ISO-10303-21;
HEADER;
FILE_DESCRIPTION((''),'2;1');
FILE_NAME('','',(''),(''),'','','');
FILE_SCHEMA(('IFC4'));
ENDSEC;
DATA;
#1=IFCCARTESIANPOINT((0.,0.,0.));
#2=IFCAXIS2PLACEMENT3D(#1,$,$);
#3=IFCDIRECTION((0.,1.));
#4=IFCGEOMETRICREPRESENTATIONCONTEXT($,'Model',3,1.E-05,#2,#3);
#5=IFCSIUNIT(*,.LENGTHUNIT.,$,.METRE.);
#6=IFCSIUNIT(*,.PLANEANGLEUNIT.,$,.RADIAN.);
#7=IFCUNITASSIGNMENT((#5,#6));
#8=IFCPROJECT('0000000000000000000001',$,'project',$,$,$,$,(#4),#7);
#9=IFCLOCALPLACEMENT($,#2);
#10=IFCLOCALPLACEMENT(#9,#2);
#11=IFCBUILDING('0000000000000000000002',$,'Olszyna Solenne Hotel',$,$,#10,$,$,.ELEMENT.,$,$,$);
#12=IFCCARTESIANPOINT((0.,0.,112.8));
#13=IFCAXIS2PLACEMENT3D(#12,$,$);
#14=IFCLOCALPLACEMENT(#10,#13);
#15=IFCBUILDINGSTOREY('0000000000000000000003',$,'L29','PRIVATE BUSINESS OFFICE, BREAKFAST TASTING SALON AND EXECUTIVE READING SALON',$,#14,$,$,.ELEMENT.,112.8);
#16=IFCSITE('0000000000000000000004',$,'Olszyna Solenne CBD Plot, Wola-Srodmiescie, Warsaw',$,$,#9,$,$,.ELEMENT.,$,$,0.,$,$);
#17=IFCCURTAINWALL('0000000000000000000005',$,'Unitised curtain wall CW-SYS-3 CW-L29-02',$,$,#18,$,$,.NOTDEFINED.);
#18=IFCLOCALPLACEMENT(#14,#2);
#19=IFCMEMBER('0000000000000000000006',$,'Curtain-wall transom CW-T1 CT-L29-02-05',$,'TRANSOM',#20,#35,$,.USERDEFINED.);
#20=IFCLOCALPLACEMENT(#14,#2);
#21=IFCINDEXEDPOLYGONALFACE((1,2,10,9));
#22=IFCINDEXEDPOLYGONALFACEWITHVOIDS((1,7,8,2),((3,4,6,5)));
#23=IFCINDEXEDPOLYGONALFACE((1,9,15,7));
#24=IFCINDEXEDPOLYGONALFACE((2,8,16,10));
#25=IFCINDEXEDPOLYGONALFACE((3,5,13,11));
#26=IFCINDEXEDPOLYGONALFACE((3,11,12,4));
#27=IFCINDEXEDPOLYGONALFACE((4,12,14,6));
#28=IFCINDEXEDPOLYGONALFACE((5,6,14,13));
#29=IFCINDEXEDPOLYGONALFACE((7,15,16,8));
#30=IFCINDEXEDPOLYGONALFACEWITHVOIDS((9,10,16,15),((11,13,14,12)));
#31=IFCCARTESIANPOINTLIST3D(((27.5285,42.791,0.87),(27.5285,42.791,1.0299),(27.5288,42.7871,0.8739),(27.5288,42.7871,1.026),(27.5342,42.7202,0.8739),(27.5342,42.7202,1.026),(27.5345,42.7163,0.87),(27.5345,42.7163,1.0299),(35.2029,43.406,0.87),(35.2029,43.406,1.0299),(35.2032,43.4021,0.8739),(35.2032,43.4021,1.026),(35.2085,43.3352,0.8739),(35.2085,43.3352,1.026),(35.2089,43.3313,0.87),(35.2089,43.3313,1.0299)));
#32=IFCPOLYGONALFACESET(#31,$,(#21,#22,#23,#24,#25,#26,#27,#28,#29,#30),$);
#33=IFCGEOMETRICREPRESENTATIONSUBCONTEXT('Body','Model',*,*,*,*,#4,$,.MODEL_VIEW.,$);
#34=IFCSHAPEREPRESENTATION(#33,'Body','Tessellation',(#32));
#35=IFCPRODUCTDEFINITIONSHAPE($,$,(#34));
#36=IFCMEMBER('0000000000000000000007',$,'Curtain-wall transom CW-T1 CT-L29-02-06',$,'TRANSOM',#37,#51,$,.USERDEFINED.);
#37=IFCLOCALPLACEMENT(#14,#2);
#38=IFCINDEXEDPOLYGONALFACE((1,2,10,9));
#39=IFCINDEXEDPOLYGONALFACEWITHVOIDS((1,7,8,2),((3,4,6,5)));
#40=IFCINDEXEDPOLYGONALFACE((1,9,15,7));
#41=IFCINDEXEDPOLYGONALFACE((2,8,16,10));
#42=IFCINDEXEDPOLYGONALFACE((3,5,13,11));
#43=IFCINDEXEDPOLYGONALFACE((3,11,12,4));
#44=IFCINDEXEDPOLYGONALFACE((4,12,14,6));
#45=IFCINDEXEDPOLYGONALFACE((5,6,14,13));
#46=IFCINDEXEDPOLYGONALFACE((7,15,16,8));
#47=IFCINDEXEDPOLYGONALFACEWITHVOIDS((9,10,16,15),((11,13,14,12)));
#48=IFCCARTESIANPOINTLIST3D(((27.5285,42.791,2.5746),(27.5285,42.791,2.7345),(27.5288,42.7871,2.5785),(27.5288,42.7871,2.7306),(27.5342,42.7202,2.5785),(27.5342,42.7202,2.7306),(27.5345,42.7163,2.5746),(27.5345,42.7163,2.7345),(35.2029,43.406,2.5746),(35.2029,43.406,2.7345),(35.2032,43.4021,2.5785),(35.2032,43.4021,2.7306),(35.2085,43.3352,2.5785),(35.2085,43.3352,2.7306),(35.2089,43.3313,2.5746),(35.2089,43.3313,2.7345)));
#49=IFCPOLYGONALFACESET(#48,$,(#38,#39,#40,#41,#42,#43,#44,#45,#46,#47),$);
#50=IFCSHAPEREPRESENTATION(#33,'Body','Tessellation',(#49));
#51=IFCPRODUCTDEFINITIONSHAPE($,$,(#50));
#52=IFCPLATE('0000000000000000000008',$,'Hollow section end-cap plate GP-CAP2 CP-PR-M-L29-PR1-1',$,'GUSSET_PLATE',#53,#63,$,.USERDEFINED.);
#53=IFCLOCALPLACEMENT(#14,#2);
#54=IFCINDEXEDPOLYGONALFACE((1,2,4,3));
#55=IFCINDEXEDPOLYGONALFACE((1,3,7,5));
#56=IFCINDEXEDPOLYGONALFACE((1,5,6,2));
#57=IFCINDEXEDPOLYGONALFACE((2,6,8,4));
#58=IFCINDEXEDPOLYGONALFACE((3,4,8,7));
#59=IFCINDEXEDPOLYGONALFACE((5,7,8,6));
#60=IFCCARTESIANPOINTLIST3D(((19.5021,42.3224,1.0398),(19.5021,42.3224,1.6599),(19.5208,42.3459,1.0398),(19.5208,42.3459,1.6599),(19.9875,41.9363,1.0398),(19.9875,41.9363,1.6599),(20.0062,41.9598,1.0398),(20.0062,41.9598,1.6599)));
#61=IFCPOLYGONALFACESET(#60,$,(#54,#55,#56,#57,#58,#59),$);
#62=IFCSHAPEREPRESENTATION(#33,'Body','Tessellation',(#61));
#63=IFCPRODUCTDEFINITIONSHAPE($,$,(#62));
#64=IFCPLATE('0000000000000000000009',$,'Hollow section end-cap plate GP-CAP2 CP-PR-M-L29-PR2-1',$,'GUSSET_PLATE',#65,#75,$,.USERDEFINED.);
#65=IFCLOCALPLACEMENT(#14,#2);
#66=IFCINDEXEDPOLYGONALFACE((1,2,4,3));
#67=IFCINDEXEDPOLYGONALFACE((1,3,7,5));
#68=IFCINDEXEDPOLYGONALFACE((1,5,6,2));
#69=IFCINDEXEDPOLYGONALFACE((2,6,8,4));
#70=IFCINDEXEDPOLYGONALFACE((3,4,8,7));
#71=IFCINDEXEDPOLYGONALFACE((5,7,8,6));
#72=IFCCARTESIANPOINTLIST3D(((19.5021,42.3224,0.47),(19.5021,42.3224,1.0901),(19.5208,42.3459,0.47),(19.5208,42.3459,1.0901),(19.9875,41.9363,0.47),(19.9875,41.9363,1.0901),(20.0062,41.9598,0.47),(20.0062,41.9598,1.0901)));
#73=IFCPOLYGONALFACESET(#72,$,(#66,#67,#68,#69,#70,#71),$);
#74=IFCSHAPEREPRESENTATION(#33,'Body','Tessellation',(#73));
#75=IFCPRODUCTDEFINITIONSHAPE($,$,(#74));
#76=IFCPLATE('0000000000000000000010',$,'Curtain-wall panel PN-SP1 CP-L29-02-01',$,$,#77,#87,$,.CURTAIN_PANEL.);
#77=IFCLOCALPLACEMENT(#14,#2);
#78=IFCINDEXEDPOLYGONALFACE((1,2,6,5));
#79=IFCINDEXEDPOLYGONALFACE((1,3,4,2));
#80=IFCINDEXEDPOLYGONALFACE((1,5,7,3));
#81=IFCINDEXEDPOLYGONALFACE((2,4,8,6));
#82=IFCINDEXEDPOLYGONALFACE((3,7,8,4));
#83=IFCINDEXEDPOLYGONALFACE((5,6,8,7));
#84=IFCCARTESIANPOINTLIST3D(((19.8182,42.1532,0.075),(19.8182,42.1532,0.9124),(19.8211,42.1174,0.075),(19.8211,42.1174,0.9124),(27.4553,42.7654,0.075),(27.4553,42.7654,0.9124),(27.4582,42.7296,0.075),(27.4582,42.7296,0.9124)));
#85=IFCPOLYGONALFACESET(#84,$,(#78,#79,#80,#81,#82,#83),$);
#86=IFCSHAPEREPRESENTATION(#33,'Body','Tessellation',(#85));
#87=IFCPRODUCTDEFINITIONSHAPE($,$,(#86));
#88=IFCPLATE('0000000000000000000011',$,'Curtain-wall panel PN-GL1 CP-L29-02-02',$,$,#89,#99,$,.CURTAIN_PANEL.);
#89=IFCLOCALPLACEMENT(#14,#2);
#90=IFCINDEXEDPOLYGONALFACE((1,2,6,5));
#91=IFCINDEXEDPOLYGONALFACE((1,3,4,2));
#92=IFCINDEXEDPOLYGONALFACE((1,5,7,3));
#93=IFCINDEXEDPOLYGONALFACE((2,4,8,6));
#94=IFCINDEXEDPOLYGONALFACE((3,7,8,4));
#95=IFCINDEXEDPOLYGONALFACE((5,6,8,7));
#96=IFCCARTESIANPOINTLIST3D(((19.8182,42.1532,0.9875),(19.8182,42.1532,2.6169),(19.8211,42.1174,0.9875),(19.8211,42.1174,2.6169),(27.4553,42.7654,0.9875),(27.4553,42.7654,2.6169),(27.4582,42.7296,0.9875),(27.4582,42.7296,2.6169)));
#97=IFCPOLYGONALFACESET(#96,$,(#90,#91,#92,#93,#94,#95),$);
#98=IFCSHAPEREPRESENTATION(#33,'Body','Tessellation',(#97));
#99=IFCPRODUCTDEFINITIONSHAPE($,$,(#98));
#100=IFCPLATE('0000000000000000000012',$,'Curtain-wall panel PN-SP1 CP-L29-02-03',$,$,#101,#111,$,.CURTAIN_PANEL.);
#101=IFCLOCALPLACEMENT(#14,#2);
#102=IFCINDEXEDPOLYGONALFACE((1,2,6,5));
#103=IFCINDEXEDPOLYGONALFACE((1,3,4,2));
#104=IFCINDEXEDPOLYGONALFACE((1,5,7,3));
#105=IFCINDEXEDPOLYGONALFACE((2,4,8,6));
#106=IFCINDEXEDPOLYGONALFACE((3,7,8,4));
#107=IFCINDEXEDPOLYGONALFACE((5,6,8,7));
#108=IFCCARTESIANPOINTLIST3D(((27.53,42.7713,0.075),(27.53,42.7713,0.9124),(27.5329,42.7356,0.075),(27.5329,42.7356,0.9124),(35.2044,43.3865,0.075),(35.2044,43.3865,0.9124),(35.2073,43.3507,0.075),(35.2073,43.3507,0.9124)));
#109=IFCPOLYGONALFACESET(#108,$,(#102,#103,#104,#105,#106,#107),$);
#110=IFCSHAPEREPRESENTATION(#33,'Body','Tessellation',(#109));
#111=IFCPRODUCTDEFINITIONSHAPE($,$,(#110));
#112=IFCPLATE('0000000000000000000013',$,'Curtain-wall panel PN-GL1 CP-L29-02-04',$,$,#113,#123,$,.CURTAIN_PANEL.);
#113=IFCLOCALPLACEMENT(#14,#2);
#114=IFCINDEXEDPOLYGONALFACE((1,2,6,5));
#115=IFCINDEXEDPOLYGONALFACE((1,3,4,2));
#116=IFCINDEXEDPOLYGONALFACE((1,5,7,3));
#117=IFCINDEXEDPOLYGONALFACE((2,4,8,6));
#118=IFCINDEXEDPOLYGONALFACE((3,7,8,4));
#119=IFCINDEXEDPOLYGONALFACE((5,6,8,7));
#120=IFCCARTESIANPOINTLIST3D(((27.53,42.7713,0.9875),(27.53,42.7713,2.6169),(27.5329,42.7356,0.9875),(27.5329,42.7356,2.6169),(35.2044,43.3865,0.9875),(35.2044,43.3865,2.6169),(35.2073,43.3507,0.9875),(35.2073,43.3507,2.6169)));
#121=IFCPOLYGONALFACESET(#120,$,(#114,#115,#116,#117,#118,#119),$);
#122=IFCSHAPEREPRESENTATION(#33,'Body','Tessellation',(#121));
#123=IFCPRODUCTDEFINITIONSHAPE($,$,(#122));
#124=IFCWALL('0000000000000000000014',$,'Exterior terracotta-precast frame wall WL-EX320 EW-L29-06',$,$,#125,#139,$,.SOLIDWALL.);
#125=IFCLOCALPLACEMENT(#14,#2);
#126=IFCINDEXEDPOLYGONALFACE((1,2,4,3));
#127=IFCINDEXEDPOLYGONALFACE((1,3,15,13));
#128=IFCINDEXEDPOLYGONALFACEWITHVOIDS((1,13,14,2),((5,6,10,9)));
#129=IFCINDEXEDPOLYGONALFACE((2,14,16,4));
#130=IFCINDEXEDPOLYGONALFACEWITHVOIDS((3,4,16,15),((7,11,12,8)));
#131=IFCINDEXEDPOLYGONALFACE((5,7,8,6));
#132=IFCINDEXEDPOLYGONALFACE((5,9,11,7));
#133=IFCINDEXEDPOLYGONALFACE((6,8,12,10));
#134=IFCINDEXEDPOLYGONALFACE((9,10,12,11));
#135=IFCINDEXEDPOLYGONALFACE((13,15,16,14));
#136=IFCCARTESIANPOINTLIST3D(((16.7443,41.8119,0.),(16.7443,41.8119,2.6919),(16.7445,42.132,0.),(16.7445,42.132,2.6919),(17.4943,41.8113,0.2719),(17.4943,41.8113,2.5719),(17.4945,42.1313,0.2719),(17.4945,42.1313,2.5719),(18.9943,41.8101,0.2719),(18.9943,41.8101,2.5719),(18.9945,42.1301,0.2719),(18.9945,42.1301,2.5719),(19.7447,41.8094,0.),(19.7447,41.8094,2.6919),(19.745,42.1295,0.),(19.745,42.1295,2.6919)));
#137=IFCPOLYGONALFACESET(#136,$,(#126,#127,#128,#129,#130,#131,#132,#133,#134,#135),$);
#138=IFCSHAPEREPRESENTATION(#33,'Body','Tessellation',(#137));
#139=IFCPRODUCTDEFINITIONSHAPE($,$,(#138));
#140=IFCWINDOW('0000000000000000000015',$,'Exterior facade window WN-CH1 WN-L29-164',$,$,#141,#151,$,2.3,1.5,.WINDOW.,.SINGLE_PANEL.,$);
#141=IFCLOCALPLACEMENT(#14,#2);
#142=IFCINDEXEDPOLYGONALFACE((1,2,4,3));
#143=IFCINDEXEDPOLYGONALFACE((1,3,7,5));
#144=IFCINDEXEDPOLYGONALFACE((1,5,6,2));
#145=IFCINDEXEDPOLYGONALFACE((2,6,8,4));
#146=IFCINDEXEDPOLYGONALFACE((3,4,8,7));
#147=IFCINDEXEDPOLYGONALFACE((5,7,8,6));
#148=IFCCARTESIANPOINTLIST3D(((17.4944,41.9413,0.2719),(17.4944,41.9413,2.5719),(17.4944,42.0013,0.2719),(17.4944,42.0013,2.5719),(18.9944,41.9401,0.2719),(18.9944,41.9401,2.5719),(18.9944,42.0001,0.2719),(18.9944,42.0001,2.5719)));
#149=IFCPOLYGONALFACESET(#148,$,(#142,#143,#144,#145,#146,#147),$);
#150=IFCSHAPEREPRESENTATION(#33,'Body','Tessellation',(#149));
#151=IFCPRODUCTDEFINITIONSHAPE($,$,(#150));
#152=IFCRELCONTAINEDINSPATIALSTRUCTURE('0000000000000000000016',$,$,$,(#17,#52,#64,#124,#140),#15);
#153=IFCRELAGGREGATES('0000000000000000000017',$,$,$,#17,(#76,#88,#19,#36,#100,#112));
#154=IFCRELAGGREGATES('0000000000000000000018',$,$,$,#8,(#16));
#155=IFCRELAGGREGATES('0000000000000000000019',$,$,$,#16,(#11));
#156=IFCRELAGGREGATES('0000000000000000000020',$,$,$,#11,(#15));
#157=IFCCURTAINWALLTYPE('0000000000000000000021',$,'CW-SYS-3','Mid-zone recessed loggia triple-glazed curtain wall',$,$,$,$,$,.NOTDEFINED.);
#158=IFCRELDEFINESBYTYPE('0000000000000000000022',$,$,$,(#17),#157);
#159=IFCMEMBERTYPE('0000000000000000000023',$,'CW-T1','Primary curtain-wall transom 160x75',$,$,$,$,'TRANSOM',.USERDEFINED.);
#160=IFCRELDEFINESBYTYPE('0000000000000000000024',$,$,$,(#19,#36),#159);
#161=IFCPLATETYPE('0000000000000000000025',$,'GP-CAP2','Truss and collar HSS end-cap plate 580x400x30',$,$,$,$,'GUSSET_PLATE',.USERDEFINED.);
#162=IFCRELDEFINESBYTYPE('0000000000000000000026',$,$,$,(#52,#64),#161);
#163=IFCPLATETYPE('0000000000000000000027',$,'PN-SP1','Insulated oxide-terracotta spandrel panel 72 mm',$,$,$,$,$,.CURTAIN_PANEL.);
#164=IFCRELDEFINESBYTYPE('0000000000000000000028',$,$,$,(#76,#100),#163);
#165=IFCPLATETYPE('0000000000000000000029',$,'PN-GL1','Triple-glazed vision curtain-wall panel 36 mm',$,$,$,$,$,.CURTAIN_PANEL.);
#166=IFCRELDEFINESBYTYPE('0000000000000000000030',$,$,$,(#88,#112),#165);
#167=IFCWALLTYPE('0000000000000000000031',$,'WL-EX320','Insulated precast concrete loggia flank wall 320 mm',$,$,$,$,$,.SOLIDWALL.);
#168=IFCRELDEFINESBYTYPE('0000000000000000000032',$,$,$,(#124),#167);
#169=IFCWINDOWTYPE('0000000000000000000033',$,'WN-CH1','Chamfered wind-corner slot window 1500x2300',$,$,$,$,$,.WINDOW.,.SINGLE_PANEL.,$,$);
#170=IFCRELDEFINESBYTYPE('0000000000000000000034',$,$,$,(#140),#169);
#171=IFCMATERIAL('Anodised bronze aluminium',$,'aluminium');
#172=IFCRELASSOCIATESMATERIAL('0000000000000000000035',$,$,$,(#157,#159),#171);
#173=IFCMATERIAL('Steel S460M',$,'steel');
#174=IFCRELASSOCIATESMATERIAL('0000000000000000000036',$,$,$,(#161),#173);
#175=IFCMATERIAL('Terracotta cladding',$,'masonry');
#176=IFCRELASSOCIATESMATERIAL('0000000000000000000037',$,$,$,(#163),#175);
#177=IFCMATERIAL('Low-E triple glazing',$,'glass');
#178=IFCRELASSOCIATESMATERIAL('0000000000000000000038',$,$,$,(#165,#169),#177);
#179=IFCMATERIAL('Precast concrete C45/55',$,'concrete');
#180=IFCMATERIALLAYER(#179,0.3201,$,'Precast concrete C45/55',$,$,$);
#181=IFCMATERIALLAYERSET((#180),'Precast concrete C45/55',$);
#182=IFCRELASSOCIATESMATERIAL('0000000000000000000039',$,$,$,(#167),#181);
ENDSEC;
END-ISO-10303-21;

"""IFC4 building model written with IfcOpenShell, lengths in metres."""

from ifc_helpers import new_model, si_unit, direction, frame, frame_2d, origin, origin_2d, place, context, subcontext, project, spatial, rectangle, hollow_rectangle, extrude, source, transform, mapped, material, layer, layer_set, material_profile, profile_set, type_object, type_shapes, element, fill, aggregate, save


model = new_model("IFC4")

# Units and contexts
model_context = context("Model", 3, precision=1e-05, world=origin(), true_north=direction((0.0, 1.0)))
body_context = subcontext(model_context, "Body", "Model", "MODEL_VIEW")
ifc_project = project(units=[si_unit("LENGTHUNIT", "METRE"), si_unit("PLANEANGLEUNIT", "RADIAN")], contexts=[model_context])

# Site, building, storey
site_placement = place(None, origin())
site = spatial("IfcSite", under=ifc_project, at=site_placement, Name="Olszyna Solenne CBD Plot, Wola-Srodmiescie, Warsaw", CompositionType="ELEMENT", RefElevation=0.0)
building_placement = place(site_placement, origin())
building = spatial("IfcBuilding", under=site, at=building_placement, Name="Olszyna Solenne Hotel", CompositionType="ELEMENT")
storey_placement = place(building_placement, frame((0.0, 0.0, 112.8)))
storey = spatial("IfcBuildingStorey", under=building, at=storey_placement, Name="L29", Description="PRIVATE BUSINESS OFFICE, BREAKFAST TASTING SALON AND EXECUTIVE READING SALON", CompositionType="ELEMENT", Elevation=112.8)

# Shared definitions
ifc_material_1 = material(Name="Steel S460M", Category="steel")

# Curtain wall, members
ifc_material_2 = material(Name="Anodised bronze aluminium", Category="aluminium")
curtain_wall_type = type_object("IfcCurtainWallType", Name="CW-SYS-3", Description="Mid-zone recessed loggia triple-glazed curtain wall", PredefinedType="NOTDEFINED", material=ifc_material_2)
curtain_wall_placement = place(storey_placement, origin())
curtain_wall = element("IfcCurtainWall", 1, at=curtain_wall_placement, inside=storey, type_object=curtain_wall_type, Name="Unitised curtain wall CW-SYS-3 CW-L29-02", PredefinedType="NOTDEFINED")
ifc_material_profile_1 = material_profile(ifc_material_2, hollow_rectangle(XDim=0.075, YDim=0.1599, WallThickness=0.0039, at=origin_2d()), Name="TRAN 160x75x4", Category="load-bearing")
ifc_profile_set_1 = profile_set([ifc_material_profile_1], Name="Anodised bronze aluminium")
member_type_1 = type_object("IfcMemberType", Name="CW-T1", Description="Primary curtain-wall transom 160x75", ElementType="TRANSOM", PredefinedType="USERDEFINED", material=ifc_profile_set_1)
shared_shape_1 = source(origin(), body_context, "Body", "SweptSolid", [
    extrude(hollow_rectangle(XDim=0.075, YDim=0.1599, WallThickness=0.0039, at=origin_2d()), origin(), (0.0, 0.0, 1.0), 7.699),
])
member_1_placement = place(storey_placement, frame((27.5315, 42.7537, 0.95), z_axis=(0.996804, 0.07988, 0.0), x_axis=(-0.07988, 0.996804, 0.0)))
member_1 = element("IfcMember", 2, at=member_1_placement, type_object=member_type_1, Name="Curtain-wall transom CW-T1 CT-L29-02-05", ObjectType="TRANSOM", PredefinedType="USERDEFINED", context=body_context, shape_type="MappedRepresentation", body=[
    mapped(shared_shape_1, transform((0.0, 0.0, 0.0), x_axis=(1.0, 0.0, 0.0), y_axis=(0.0, 1.0, 0.0), z_axis=(0.0, 0.0, 1.0), scale=1.0)),
])
member_2_placement = place(storey_placement, frame((27.5315, 42.7537, 2.6545), z_axis=(0.996804, 0.07988, 0.0), x_axis=(-0.07988, 0.996804, 0.0)))
member_2 = element("IfcMember", 3, at=member_2_placement, type_object=member_type_1, Name="Curtain-wall transom CW-T1 CT-L29-02-06", ObjectType="TRANSOM", PredefinedType="USERDEFINED", context=body_context, shape_type="MappedRepresentation", body=[
    mapped(shared_shape_1, transform((0.0, 0.0, 0.0), x_axis=(1.0, 0.0, 0.0), y_axis=(0.0, 1.0, 0.0), z_axis=(0.0, 0.0, 1.0), scale=1.0)),
])

# Plates
plate_type_1 = type_object("IfcPlateType", Name="GP-CAP2", Description="Truss and collar HSS end-cap plate 580x400x30", ElementType="GUSSET_PLATE", PredefinedType="USERDEFINED", material=ifc_material_1)
shared_shape_2 = source(origin(), body_context, "Body", "SweptSolid", [
    extrude(rectangle(XDim=0.03, YDim=0.6201, at=origin_2d()), origin(), (0.0, 0.0, 1.0), 0.6201),
])
for number, where, z_axis, x_axis, name in (
    (4, (19.7542, 42.1411, 1.0398), (0.0, 0.0, 1.0), (-0.622515, -0.782608, 0.0), "Hollow section end-cap plate GP-CAP2 CP-PR-M-L29-PR1-1"),
    (5, (19.7542, 42.1411, 0.47), (0.0, 0.0, 1.0), (-0.622515, -0.782608, 0.0), "Hollow section end-cap plate GP-CAP2 CP-PR-M-L29-PR2-1"),
):
    element("IfcPlate", number, at=place(storey_placement, frame(where, z_axis=z_axis, x_axis=x_axis)), inside=storey, type_object=plate_type_1, Name=name, ObjectType="GUSSET_PLATE", PredefinedType="USERDEFINED", context=body_context, shape_type="MappedRepresentation", body=[
        mapped(shared_shape_2, transform((0.0, 0.0, 0.0), x_axis=(1.0, 0.0, 0.0), y_axis=(0.0, 1.0, 0.0), z_axis=(0.0, 0.0, 1.0), scale=1.0)),
    ])

# Plates
ifc_material_3 = material(Name="Terracotta cladding", Category="masonry")
plate_type_2 = type_object("IfcPlateType", Name="PN-SP1", Description="Insulated oxide-terracotta spandrel panel 72 mm", PredefinedType="CURTAIN_PANEL", material=ifc_material_3)
shared_shape_3 = source(origin(), body_context, "Body", "SweptSolid", [
    extrude(rectangle(XDim=7.6616, YDim=0.0359, at=origin_2d()), origin(), (0.0, 0.0, 1.0), 0.8374),
])
plate_1_placement = place(storey_placement, frame((23.6382, 42.4414, 0.075), z_axis=(0.0, 0.0, 1.0), x_axis=(0.996803, 0.079903, 0.0)))
plate_1 = element("IfcPlate", 6, at=plate_1_placement, type_object=plate_type_2, Name="Curtain-wall panel PN-SP1 CP-L29-02-01", PredefinedType="CURTAIN_PANEL", context=body_context, shape_type="MappedRepresentation", body=[
    mapped(shared_shape_3, transform((0.0, 0.0, 0.0), x_axis=(1.0, 0.0, 0.0), y_axis=(0.0, 1.0, 0.0), z_axis=(0.0, 0.0, 1.0), scale=1.0)),
])
ifc_material_4 = material(Name="Low-E triple glazing", Category="glass")
plate_type_3 = type_object("IfcPlateType", Name="PN-GL1", Description="Triple-glazed vision curtain-wall panel 36 mm", PredefinedType="CURTAIN_PANEL", material=ifc_material_4)
shared_shape_4 = source(origin(), body_context, "Body", "SweptSolid", [
    extrude(rectangle(XDim=7.6616, YDim=0.0359, at=origin_2d()), origin(), (0.0, 0.0, 1.0), 1.6294),
])
plate_2_placement = place(storey_placement, frame((23.6382, 42.4414, 0.9875), z_axis=(0.0, 0.0, 1.0), x_axis=(0.996803, 0.079903, 0.0)))
plate_2 = element("IfcPlate", 7, at=plate_2_placement, type_object=plate_type_3, Name="Curtain-wall panel PN-GL1 CP-L29-02-02", PredefinedType="CURTAIN_PANEL", context=body_context, shape_type="MappedRepresentation", body=[
    mapped(shared_shape_4, transform((0.0, 0.0, 0.0), x_axis=(1.0, 0.0, 0.0), y_axis=(0.0, 1.0, 0.0), z_axis=(0.0, 0.0, 1.0), scale=1.0)),
])
shared_shape_5 = source(origin(), body_context, "Body", "SweptSolid", [
    extrude(rectangle(XDim=7.699, YDim=0.0359, at=origin_2d()), origin(), (0.0, 0.0, 1.0), 0.8374),
])
plate_3_placement = place(storey_placement, frame((31.3687, 43.061, 0.075), z_axis=(0.0, 0.0, 1.0), x_axis=(0.996803, 0.079903, 0.0)))
plate_3 = element("IfcPlate", 8, at=plate_3_placement, type_object=plate_type_2, Name="Curtain-wall panel PN-SP1 CP-L29-02-03", PredefinedType="CURTAIN_PANEL", context=body_context, shape_type="MappedRepresentation", body=[
    mapped(shared_shape_5, transform((0.0, 0.0, 0.0), x_axis=(1.0, 0.0, 0.0), y_axis=(0.0, 1.0, 0.0), z_axis=(0.0, 0.0, 1.0), scale=1.0)),
])
shared_shape_6 = source(origin(), body_context, "Body", "SweptSolid", [
    extrude(rectangle(XDim=7.699, YDim=0.0359, at=origin_2d()), origin(), (0.0, 0.0, 1.0), 1.6294),
])
plate_4_placement = place(storey_placement, frame((31.3687, 43.061, 0.9875), z_axis=(0.0, 0.0, 1.0), x_axis=(0.996803, 0.079903, 0.0)))
plate_4 = element("IfcPlate", 9, at=plate_4_placement, type_object=plate_type_3, Name="Curtain-wall panel PN-GL1 CP-L29-02-04", PredefinedType="CURTAIN_PANEL", context=body_context, shape_type="MappedRepresentation", body=[
    mapped(shared_shape_6, transform((0.0, 0.0, 0.0), x_axis=(1.0, 0.0, 0.0), y_axis=(0.0, 1.0, 0.0), z_axis=(0.0, 0.0, 1.0), scale=1.0)),
])
aggregate(curtain_wall, [plate_1, plate_2, member_1, member_2, plate_3, plate_4])

# Wall, opening, window
ifc_material_5 = material(Name="Precast concrete C45/55", Category="concrete")
ifc_layer = layer(ifc_material_5, 0.3201, Name="Precast concrete C45/55")
ifc_layer_set = layer_set([ifc_layer], Name="Precast concrete C45/55")
wall_type = type_object("IfcWallType", Name="WL-EX320", Description="Insulated precast concrete loggia flank wall 320 mm", PredefinedType="SOLIDWALL", material=ifc_layer_set)
wall_placement = place(storey_placement, frame((16.7444, 41.9719, 0.0), z_axis=(0.0, 0.0, 1.0), x_axis=(1.0, -0.000814, 0.0)))
wall = element("IfcWall", 10, at=wall_placement, inside=storey, type_object=wall_type, Name="Exterior terracotta-precast frame wall WL-EX320 EW-L29-06", PredefinedType="SOLIDWALL", context=body_context, shape_type="SweptSolid", body=[
    extrude(rectangle(XDim=3.0005, YDim=0.3201, at=frame_2d((1.5002, 0.0))), origin(), (0.0, 0.0, 1.0), 2.6919),
])
opening_placement = place(wall_placement, frame((0.75, 0.0, 0.272)))
opening = element("IfcOpeningElement", 11, at=opening_placement, cuts=wall, PredefinedType="OPENING", context=body_context, shape_type="SweptSolid", body=[
    extrude(rectangle(XDim=1.5, YDim=2.3, at=frame_2d((0.75, 1.1499))), frame((0.0, 0.1699, 0.0), z_axis=(0.0, -1.0, 0.0), x_axis=(1.0, 0.0, 0.0)), (0.0, 0.0, 1.0), 0.3401),
])
window_type = type_object("IfcWindowType", Name="WN-CH1", Description="Chamfered wind-corner slot window 1500x2300", PartitioningType="SINGLE_PANEL", PredefinedType="WINDOW", material=ifc_material_4)
shared_shape_7 = source(origin(), body_context, "Body", "SweptSolid", [
    extrude(rectangle(XDim=1.5, YDim=2.3, at=frame_2d((0.75, 1.1499))), frame((0.0, 0.03, 0.0), z_axis=(0.0, -1.0, 0.0), x_axis=(1.0, 0.0, 0.0)), (0.0, 0.0, 1.0), 0.0601),
])
type_shapes(window_type, [shared_shape_7])
window_placement = place(opening_placement, origin())
window = element("IfcWindow", 12, at=window_placement, inside=storey, type_object=window_type, Name="Exterior facade window WN-CH1 WN-L29-164", OverallHeight=2.3, OverallWidth=1.5, PartitioningType="SINGLE_PANEL", PredefinedType="WINDOW", context=body_context, shape_type="MappedRepresentation", body=[
    mapped(shared_shape_7, transform((0.0, 0.0, 0.0), x_axis=(1.0, 0.0, 0.0), y_axis=(0.0, 1.0, 0.0), z_axis=(0.0, 0.0, 1.0), scale=1.0)),
])
fill(opening, window)

save(model, "model.ifc")
